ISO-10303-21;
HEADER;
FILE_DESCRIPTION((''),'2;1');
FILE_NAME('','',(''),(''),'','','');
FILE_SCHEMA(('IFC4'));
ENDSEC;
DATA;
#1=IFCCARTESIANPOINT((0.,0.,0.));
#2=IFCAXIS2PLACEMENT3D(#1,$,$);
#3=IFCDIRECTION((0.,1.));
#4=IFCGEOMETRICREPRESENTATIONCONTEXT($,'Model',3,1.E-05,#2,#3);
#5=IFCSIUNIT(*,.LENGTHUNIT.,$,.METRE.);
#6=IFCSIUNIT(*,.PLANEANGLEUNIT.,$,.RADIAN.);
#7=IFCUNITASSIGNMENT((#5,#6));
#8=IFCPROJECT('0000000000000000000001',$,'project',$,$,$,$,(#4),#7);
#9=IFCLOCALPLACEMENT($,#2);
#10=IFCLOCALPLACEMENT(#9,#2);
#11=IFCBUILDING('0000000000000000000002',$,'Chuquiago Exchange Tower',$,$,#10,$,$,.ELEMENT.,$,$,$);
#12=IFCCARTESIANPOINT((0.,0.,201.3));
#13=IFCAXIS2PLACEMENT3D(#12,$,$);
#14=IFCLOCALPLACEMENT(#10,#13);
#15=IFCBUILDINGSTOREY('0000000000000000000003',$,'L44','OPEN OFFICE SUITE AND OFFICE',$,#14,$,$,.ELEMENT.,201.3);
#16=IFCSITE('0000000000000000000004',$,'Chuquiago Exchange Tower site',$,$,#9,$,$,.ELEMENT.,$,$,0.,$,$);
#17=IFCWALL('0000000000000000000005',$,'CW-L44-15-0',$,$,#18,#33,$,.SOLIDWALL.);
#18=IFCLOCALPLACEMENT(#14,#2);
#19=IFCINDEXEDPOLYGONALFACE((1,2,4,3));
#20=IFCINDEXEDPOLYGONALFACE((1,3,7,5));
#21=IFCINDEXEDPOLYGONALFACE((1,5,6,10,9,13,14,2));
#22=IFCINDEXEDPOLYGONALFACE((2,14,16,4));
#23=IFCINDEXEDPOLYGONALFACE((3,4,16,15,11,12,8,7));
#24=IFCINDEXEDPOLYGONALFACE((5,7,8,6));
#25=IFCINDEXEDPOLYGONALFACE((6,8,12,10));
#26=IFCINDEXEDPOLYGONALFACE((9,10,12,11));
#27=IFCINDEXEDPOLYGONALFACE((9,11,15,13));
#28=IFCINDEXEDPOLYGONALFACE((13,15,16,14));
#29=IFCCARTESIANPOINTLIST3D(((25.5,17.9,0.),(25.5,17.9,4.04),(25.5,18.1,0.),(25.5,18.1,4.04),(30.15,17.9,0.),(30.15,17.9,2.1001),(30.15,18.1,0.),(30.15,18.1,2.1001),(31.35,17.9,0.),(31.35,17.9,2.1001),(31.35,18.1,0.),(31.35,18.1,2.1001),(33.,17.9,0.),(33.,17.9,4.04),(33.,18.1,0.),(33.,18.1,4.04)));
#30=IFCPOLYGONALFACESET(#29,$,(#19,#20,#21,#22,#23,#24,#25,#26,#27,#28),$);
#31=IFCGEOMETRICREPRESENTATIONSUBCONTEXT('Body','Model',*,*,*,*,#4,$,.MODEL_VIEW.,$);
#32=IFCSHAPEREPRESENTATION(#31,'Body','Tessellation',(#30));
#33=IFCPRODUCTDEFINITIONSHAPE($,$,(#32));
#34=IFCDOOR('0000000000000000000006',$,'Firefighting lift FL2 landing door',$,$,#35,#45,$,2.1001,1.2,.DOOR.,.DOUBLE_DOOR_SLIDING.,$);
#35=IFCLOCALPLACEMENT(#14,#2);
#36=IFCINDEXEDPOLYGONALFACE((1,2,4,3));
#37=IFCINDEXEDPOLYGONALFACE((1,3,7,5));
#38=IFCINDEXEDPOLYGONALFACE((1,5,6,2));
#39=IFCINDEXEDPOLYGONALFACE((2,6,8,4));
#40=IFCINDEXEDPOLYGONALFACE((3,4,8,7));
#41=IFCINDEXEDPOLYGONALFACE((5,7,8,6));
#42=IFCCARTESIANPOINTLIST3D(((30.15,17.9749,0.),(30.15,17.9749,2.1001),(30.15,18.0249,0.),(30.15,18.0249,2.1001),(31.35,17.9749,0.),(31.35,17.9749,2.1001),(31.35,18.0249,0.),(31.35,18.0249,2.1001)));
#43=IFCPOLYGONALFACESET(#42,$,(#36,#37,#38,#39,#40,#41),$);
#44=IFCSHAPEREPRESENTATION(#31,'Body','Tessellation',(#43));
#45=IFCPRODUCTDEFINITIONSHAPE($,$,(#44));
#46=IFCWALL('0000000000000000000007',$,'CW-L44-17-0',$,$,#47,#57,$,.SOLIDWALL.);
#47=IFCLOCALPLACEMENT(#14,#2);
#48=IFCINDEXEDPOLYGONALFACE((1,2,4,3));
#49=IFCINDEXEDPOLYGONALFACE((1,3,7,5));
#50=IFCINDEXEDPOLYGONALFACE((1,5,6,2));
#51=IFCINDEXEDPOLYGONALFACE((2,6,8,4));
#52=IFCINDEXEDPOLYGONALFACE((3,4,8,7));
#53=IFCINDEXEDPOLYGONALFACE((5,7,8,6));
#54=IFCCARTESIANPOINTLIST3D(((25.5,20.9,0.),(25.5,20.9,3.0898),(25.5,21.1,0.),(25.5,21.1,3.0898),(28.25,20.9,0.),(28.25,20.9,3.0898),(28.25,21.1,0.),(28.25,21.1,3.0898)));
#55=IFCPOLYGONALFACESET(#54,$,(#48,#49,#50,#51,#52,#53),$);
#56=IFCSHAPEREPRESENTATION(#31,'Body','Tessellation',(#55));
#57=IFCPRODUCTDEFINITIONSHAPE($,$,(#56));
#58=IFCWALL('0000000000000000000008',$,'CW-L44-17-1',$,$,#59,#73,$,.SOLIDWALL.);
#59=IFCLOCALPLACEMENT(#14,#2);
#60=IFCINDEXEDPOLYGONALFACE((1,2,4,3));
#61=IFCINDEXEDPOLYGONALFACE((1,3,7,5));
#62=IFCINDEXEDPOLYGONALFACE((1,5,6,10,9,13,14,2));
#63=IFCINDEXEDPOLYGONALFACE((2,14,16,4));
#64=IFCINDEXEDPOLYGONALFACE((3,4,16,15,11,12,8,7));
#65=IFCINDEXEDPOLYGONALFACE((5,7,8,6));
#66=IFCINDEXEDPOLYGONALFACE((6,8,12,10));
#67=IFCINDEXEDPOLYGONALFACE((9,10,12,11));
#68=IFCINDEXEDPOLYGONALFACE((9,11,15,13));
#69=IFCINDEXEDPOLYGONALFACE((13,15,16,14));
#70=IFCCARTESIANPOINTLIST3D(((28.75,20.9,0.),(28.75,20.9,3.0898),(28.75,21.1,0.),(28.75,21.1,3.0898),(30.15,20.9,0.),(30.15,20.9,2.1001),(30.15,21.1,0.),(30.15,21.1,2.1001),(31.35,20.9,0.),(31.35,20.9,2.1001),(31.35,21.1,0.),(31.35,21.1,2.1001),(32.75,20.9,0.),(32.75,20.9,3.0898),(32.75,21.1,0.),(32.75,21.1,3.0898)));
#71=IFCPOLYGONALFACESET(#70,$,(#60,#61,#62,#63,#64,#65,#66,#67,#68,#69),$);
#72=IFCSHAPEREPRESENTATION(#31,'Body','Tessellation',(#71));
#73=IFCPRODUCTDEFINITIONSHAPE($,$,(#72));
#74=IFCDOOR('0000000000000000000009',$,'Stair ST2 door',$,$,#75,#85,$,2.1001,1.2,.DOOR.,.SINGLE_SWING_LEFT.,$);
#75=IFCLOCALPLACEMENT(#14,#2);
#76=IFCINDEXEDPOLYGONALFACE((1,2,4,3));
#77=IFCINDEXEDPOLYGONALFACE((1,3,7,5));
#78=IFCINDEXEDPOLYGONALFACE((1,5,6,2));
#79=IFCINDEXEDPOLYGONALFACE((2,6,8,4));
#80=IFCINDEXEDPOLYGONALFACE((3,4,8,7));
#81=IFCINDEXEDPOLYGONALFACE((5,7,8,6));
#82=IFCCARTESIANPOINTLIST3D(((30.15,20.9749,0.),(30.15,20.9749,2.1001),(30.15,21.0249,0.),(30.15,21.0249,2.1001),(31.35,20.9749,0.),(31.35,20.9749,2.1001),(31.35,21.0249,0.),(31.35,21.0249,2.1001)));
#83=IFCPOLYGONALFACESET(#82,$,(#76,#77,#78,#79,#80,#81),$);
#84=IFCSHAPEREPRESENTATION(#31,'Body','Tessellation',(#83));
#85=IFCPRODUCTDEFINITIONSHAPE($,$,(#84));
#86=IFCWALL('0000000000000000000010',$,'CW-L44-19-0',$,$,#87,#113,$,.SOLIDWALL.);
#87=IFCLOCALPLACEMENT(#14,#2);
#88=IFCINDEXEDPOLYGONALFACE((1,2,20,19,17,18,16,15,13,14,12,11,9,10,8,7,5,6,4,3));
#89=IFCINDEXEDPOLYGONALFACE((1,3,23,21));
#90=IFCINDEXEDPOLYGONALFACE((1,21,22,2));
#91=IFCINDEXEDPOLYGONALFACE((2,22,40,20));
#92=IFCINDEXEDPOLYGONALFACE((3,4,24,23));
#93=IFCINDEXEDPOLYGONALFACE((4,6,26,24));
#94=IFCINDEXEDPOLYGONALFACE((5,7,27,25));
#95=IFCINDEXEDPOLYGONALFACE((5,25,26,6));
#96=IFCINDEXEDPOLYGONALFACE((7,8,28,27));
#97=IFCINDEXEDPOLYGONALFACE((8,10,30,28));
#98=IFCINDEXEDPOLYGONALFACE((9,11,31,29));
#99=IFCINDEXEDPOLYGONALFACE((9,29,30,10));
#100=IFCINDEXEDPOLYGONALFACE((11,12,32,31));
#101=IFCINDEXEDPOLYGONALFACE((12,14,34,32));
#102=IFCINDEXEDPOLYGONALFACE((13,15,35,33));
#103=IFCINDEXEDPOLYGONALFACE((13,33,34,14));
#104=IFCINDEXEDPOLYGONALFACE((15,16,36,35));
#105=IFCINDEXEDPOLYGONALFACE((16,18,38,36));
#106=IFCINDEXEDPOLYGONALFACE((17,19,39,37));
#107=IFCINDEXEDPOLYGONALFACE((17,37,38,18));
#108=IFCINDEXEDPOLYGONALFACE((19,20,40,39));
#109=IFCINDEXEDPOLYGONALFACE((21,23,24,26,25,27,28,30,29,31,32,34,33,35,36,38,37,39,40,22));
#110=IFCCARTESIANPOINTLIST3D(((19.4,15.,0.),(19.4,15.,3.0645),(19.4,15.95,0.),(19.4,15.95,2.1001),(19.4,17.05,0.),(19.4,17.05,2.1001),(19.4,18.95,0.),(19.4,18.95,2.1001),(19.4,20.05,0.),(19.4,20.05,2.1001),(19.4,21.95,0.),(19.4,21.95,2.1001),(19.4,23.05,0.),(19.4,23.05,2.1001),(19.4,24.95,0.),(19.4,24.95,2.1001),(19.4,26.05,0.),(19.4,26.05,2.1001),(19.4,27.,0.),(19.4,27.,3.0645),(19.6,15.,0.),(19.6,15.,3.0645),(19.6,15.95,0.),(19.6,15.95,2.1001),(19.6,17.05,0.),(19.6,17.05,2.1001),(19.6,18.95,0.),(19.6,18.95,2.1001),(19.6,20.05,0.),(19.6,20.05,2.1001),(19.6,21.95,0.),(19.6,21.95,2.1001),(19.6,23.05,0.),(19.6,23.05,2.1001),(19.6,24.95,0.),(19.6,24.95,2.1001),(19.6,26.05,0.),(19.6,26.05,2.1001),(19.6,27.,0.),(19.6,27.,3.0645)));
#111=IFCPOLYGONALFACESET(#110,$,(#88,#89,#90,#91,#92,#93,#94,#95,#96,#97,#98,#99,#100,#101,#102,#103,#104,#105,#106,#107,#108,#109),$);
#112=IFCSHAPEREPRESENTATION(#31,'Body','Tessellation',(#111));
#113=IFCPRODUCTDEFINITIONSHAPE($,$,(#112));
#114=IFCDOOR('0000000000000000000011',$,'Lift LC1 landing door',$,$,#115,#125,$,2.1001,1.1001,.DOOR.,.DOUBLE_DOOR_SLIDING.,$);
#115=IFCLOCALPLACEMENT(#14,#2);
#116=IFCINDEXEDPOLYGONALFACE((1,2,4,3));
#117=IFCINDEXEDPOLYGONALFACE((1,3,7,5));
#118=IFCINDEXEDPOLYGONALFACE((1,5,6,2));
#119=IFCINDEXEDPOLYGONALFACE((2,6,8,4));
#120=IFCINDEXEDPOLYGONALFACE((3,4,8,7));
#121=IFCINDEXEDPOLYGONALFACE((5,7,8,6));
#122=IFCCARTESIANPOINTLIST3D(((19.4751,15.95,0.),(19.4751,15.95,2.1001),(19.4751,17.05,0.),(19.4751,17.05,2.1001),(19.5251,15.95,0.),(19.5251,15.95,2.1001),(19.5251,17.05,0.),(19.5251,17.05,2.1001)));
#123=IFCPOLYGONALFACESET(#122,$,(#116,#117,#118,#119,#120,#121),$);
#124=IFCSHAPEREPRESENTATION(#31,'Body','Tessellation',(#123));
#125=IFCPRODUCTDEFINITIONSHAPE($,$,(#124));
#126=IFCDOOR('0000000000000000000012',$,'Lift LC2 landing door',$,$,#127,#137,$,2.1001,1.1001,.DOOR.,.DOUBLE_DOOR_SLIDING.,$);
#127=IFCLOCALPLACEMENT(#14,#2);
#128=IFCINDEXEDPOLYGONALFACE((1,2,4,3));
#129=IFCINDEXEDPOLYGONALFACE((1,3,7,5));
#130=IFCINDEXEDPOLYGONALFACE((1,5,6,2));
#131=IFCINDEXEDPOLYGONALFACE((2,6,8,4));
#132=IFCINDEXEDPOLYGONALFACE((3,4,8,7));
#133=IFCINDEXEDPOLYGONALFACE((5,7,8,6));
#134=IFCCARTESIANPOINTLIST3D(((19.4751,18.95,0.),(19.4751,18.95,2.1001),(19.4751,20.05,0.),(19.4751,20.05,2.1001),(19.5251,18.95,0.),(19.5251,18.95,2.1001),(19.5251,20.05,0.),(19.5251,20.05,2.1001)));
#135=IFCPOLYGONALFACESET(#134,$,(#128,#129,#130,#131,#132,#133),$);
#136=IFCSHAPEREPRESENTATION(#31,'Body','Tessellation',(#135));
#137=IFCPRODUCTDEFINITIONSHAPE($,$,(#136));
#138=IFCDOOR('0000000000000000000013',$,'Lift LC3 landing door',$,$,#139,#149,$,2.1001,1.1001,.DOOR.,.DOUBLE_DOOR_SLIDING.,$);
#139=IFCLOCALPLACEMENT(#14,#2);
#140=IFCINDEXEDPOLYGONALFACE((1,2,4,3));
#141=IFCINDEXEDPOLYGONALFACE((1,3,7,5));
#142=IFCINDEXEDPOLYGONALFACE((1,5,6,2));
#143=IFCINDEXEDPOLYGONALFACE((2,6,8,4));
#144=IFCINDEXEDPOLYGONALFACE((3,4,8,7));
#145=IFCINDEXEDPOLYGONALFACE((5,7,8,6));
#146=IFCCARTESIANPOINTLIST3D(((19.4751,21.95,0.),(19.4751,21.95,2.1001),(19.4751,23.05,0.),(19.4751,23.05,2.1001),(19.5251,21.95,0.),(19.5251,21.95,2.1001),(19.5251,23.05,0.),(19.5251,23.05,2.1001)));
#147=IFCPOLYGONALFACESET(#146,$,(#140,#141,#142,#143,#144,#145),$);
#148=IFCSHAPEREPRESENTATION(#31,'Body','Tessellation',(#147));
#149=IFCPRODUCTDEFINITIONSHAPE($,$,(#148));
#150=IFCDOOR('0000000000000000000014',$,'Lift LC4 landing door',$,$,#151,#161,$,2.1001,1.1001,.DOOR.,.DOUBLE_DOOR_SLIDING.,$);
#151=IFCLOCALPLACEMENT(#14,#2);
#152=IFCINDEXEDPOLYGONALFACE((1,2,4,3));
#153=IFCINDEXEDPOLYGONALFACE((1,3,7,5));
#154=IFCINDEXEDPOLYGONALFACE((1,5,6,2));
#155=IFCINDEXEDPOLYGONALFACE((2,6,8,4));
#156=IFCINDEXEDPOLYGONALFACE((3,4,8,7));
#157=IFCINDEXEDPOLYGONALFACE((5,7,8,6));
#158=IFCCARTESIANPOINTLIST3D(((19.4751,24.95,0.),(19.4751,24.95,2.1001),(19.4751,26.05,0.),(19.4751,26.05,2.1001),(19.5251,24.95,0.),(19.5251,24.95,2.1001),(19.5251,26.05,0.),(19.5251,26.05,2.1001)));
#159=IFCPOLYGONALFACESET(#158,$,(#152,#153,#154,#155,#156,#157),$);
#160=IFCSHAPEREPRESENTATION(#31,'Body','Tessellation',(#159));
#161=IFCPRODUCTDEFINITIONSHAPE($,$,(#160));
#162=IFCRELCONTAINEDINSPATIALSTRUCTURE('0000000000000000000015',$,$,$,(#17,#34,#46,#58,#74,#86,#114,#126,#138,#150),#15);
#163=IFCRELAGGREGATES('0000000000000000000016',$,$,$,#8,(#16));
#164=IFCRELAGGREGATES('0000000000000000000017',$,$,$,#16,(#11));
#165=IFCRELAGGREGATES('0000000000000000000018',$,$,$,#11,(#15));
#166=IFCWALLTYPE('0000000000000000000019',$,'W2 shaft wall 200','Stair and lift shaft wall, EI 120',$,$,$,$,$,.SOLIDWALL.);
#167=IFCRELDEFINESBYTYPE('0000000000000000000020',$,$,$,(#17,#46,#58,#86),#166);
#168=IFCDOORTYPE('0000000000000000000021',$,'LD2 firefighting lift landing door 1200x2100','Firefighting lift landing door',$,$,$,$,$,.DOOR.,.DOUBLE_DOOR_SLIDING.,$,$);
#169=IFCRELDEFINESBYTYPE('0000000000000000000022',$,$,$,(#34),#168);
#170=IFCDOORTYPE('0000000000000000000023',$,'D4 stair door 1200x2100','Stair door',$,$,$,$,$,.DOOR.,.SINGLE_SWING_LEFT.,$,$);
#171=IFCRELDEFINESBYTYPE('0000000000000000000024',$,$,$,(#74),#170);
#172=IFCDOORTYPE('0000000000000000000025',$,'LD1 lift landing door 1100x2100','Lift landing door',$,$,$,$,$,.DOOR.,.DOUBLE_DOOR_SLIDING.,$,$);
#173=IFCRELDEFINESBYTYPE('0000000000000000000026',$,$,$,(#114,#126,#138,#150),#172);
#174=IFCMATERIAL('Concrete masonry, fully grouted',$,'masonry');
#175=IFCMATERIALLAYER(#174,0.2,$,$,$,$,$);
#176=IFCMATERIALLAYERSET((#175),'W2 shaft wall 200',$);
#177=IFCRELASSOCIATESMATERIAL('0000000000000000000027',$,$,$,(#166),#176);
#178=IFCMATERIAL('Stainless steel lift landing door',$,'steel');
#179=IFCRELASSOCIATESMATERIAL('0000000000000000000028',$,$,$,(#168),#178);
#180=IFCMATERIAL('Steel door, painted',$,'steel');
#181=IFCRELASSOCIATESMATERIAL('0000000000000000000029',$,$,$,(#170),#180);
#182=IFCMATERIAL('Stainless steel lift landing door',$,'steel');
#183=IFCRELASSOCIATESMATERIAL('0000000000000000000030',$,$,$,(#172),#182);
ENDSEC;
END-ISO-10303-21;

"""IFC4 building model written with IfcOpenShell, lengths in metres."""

from ifc_helpers import new_model, si_unit, direction, frame, frame_2d, origin, place, context, subcontext, project, spatial, rectangle, extrude, material, layer, layer_set, type_object, element, fill, save


model = new_model("IFC4")

# Units and contexts
model_context = context("Model", 3, precision=1e-05, world=origin(), true_north=direction((0.0, 1.0)))
body_context = subcontext(model_context, "Body", "Model", "MODEL_VIEW")
ifc_project = project(units=[si_unit("LENGTHUNIT", "METRE"), si_unit("PLANEANGLEUNIT", "RADIAN")], contexts=[model_context])

# Site, building, storey
site_placement = place(None, origin())
site = spatial("IfcSite", under=ifc_project, at=site_placement, Name="Chuquiago Exchange Tower site", CompositionType="ELEMENT", RefElevation=0.0)
building_placement = place(site_placement, origin())
building = spatial("IfcBuilding", under=site, at=building_placement, Name="Chuquiago Exchange Tower", CompositionType="ELEMENT")
storey_placement = place(building_placement, frame((0.0, 0.0, 201.3)))
storey = spatial("IfcBuildingStorey", under=building, at=storey_placement, Name="L44", Description="OPEN OFFICE SUITE AND OFFICE", CompositionType="ELEMENT", Elevation=201.3)

# Shared definitions
ifc_material_1 = material(Name="Concrete masonry, fully grouted", Category="masonry")
ifc_layer_1 = layer(ifc_material_1, 0.2)
ifc_layer_set_1 = layer_set([ifc_layer_1], Name="W2 shaft wall 200")
wall_type_1 = type_object("IfcWallType", Name="W2 shaft wall 200", Description="Stair and lift shaft wall, EI 120", PredefinedType="SOLIDWALL", material=ifc_layer_set_1)

# Wall, opening, door
wall_1_placement = place(storey_placement, frame((25.5, 18.0, 0.0), z_axis=(0.0, 0.0, 1.0), x_axis=(1.0, 0.0, 0.0)))
wall_1 = element("IfcWall", 1, at=wall_1_placement, inside=storey, type_object=wall_type_1, Name="CW-L44-15-0", PredefinedType="SOLIDWALL", context=body_context, shape_type="SweptSolid", body=[
    extrude(rectangle(XDim=7.5, YDim=0.2, at=frame_2d((3.75, 0.0))), origin(), (0.0, 0.0, 1.0), 4.04),
])
opening_1_placement = place(wall_1_placement, frame((4.6499, 0.0, 0.0)))
opening_1 = element("IfcOpeningElement", 2, at=opening_1_placement, cuts=wall_1, PredefinedType="OPENING", context=body_context, shape_type="SweptSolid", body=[
    extrude(rectangle(XDim=1.2, YDim=2.1001, at=frame_2d((0.6001, 1.05))), frame((0.0, 0.1099, 0.0), z_axis=(0.0, -1.0, 0.0), x_axis=(1.0, 0.0, 0.0)), (0.0, 0.0, 1.0), 0.22),
])
ifc_material_2 = material(Name="Stainless steel lift landing door", Category="steel")
door_type_1 = type_object("IfcDoorType", Name="LD2 firefighting lift landing door 1200x2100", Description="Firefighting lift landing door", OperationType="DOUBLE_DOOR_SLIDING", PredefinedType="DOOR", material=ifc_material_2)
door_1_placement = place(opening_1_placement, origin())
door_1 = element("IfcDoor", 3, at=door_1_placement, inside=storey, type_object=door_type_1, Name="Firefighting lift FL2 landing door", OperationType="DOUBLE_DOOR_SLIDING", OverallHeight=2.1001, OverallWidth=1.2, PredefinedType="DOOR", context=body_context, shape_type="SweptSolid", body=[
    extrude(rectangle(XDim=1.2, YDim=2.1001, at=frame_2d((0.6001, 1.05))), frame((0.0, 0.0249, 0.0), z_axis=(0.0, -1.0, 0.0), x_axis=(1.0, 0.0, 0.0)), (0.0, 0.0, 1.0), 0.05),
])
fill(opening_1, door_1)

# Wall
wall_2_placement = place(storey_placement, frame((25.5, 21.0, 0.0), z_axis=(0.0, 0.0, 1.0), x_axis=(1.0, 0.0, 0.0)))
element("IfcWall", 4, at=wall_2_placement, inside=storey, type_object=wall_type_1, Name="CW-L44-17-0", PredefinedType="SOLIDWALL", context=body_context, shape_type="SweptSolid", body=[
    extrude(rectangle(XDim=2.75, YDim=0.2, at=frame_2d((1.375, 0.0))), origin(), (0.0, 0.0, 1.0), 3.0898),
])

# Wall, opening, door
wall_3_placement = place(storey_placement, frame((28.75, 21.0, 0.0), z_axis=(0.0, 0.0, 1.0), x_axis=(1.0, 0.0, 0.0)))
wall_3 = element("IfcWall", 5, at=wall_3_placement, inside=storey, type_object=wall_type_1, Name="CW-L44-17-1", PredefinedType="SOLIDWALL", context=body_context, shape_type="SweptSolid", body=[
    extrude(rectangle(XDim=4.0, YDim=0.2, at=frame_2d((2.0, 0.0))), origin(), (0.0, 0.0, 1.0), 3.0898),
])
opening_2_placement = place(wall_3_placement, frame((1.3999, 0.0, 0.0)))
opening_2 = element("IfcOpeningElement", 6, at=opening_2_placement, cuts=wall_3, PredefinedType="OPENING", context=body_context, shape_type="SweptSolid", body=[
    extrude(rectangle(XDim=1.2, YDim=2.1001, at=frame_2d((0.6001, 1.05))), frame((0.0, 0.1099, 0.0), z_axis=(0.0, -1.0, 0.0), x_axis=(1.0, 0.0, 0.0)), (0.0, 0.0, 1.0), 0.22),
])
ifc_material_3 = material(Name="Steel door, painted", Category="steel")
door_type_2 = type_object("IfcDoorType", Name="D4 stair door 1200x2100", Description="Stair door", OperationType="SINGLE_SWING_LEFT", PredefinedType="DOOR", material=ifc_material_3)
door_2_placement = place(opening_2_placement, origin())
door_2 = element("IfcDoor", 7, at=door_2_placement, inside=storey, type_object=door_type_2, Name="Stair ST2 door", OperationType="SINGLE_SWING_LEFT", OverallHeight=2.1001, OverallWidth=1.2, PredefinedType="DOOR", context=body_context, shape_type="SweptSolid", body=[
    extrude(rectangle(XDim=1.2, YDim=2.1001, at=frame_2d((0.6001, 1.05))), frame((0.0, 0.0249, 0.0), z_axis=(0.0, -1.0, 0.0), x_axis=(1.0, 0.0, 0.0)), (0.0, 0.0, 1.0), 0.05),
])
fill(opening_2, door_2)

# Wall, openings, doors
wall_4_placement = place(storey_placement, frame((19.5, 15.0, 0.0), z_axis=(0.0, 0.0, 1.0), x_axis=(0.0, 1.0, 0.0)))
wall_4 = element("IfcWall", 8, at=wall_4_placement, inside=storey, type_object=wall_type_1, Name="CW-L44-19-0", PredefinedType="SOLIDWALL", context=body_context, shape_type="SweptSolid", body=[
    extrude(rectangle(XDim=12.0, YDim=0.2, at=frame_2d((6.0, 0.0))), origin(), (0.0, 0.0, 1.0), 3.0645),
])
opening_3_placement = place(wall_4_placement, frame((0.95, 0.0, 0.0)))
opening_3 = element("IfcOpeningElement", 9, at=opening_3_placement, cuts=wall_4, PredefinedType="OPENING", context=body_context, shape_type="SweptSolid", body=[
    extrude(rectangle(XDim=1.1001, YDim=2.1001, at=frame_2d((0.55, 1.05))), frame((0.0, 0.1099, 0.0), z_axis=(0.0, -1.0, 0.0), x_axis=(1.0, 0.0, 0.0)), (0.0, 0.0, 1.0), 0.22),
])
opening_4_placement = place(wall_4_placement, frame((3.95, 0.0, 0.0)))
opening_4 = element("IfcOpeningElement", 10, at=opening_4_placement, cuts=wall_4, PredefinedType="OPENING", context=body_context, shape_type="SweptSolid", body=[
    extrude(rectangle(XDim=1.1001, YDim=2.1001, at=frame_2d((0.55, 1.05))), frame((0.0, 0.1099, 0.0), z_axis=(0.0, -1.0, 0.0), x_axis=(1.0, 0.0, 0.0)), (0.0, 0.0, 1.0), 0.22),
])
opening_5_placement = place(wall_4_placement, frame((6.95, 0.0, 0.0)))
opening_5 = element("IfcOpeningElement", 11, at=opening_5_placement, cuts=wall_4, PredefinedType="OPENING", context=body_context, shape_type="SweptSolid", body=[
    extrude(rectangle(XDim=1.1001, YDim=2.1001, at=frame_2d((0.55, 1.05))), frame((0.0, 0.1099, 0.0), z_axis=(0.0, -1.0, 0.0), x_axis=(1.0, 0.0, 0.0)), (0.0, 0.0, 1.0), 0.22),
])
opening_6_placement = place(wall_4_placement, frame((9.95, 0.0, 0.0)))
opening_6 = element("IfcOpeningElement", 12, at=opening_6_placement, cuts=wall_4, PredefinedType="OPENING", context=body_context, shape_type="SweptSolid", body=[
    extrude(rectangle(XDim=1.1001, YDim=2.1001, at=frame_2d((0.55, 1.05))), frame((0.0, 0.1099, 0.0), z_axis=(0.0, -1.0, 0.0), x_axis=(1.0, 0.0, 0.0)), (0.0, 0.0, 1.0), 0.22),
])
ifc_material_4 = material(Name="Stainless steel lift landing door", Category="steel")
door_type_3 = type_object("IfcDoorType", Name="LD1 lift landing door 1100x2100", Description="Lift landing door", OperationType="DOUBLE_DOOR_SLIDING", PredefinedType="DOOR", material=ifc_material_4)
door_3_placement = place(opening_3_placement, origin())
door_3 = element("IfcDoor", 13, at=door_3_placement, inside=storey, type_object=door_type_3, Name="Lift LC1 landing door", OperationType="DOUBLE_DOOR_SLIDING", OverallHeight=2.1001, OverallWidth=1.1001, PredefinedType="DOOR", context=body_context, shape_type="SweptSolid", body=[
    extrude(rectangle(XDim=1.1001, YDim=2.1001, at=frame_2d((0.55, 1.05))), frame((0.0, 0.0249, 0.0), z_axis=(0.0, -1.0, 0.0), x_axis=(1.0, 0.0, 0.0)), (0.0, 0.0, 1.0), 0.05),
])
fill(opening_3, door_3)
door_4_placement = place(opening_4_placement, origin())
door_4 = element("IfcDoor", 14, at=door_4_placement, inside=storey, type_object=door_type_3, Name="Lift LC2 landing door", OperationType="DOUBLE_DOOR_SLIDING", OverallHeight=2.1001, OverallWidth=1.1001, PredefinedType="DOOR", context=body_context, shape_type="SweptSolid", body=[
    extrude(rectangle(XDim=1.1001, YDim=2.1001, at=frame_2d((0.55, 1.05))), frame((0.0, 0.0249, 0.0), z_axis=(0.0, -1.0, 0.0), x_axis=(1.0, 0.0, 0.0)), (0.0, 0.0, 1.0), 0.05),
])
fill(opening_4, door_4)
door_5_placement = place(opening_5_placement, origin())
door_5 = element("IfcDoor", 15, at=door_5_placement, inside=storey, type_object=door_type_3, Name="Lift LC3 landing door", OperationType="DOUBLE_DOOR_SLIDING", OverallHeight=2.1001, OverallWidth=1.1001, PredefinedType="DOOR", context=body_context, shape_type="SweptSolid", body=[
    extrude(rectangle(XDim=1.1001, YDim=2.1001, at=frame_2d((0.55, 1.05))), frame((0.0, 0.0249, 0.0), z_axis=(0.0, -1.0, 0.0), x_axis=(1.0, 0.0, 0.0)), (0.0, 0.0, 1.0), 0.05),
])
fill(opening_5, door_5)
door_6_placement = place(opening_6_placement, origin())
door_6 = element("IfcDoor", 16, at=door_6_placement, inside=storey, type_object=door_type_3, Name="Lift LC4 landing door", OperationType="DOUBLE_DOOR_SLIDING", OverallHeight=2.1001, OverallWidth=1.1001, PredefinedType="DOOR", context=body_context, shape_type="SweptSolid", body=[
    extrude(rectangle(XDim=1.1001, YDim=2.1001, at=frame_2d((0.55, 1.05))), frame((0.0, 0.0249, 0.0), z_axis=(0.0, -1.0, 0.0), x_axis=(1.0, 0.0, 0.0)), (0.0, 0.0, 1.0), 0.05),
])
fill(opening_6, door_6)

save(model, "model.ifc")
